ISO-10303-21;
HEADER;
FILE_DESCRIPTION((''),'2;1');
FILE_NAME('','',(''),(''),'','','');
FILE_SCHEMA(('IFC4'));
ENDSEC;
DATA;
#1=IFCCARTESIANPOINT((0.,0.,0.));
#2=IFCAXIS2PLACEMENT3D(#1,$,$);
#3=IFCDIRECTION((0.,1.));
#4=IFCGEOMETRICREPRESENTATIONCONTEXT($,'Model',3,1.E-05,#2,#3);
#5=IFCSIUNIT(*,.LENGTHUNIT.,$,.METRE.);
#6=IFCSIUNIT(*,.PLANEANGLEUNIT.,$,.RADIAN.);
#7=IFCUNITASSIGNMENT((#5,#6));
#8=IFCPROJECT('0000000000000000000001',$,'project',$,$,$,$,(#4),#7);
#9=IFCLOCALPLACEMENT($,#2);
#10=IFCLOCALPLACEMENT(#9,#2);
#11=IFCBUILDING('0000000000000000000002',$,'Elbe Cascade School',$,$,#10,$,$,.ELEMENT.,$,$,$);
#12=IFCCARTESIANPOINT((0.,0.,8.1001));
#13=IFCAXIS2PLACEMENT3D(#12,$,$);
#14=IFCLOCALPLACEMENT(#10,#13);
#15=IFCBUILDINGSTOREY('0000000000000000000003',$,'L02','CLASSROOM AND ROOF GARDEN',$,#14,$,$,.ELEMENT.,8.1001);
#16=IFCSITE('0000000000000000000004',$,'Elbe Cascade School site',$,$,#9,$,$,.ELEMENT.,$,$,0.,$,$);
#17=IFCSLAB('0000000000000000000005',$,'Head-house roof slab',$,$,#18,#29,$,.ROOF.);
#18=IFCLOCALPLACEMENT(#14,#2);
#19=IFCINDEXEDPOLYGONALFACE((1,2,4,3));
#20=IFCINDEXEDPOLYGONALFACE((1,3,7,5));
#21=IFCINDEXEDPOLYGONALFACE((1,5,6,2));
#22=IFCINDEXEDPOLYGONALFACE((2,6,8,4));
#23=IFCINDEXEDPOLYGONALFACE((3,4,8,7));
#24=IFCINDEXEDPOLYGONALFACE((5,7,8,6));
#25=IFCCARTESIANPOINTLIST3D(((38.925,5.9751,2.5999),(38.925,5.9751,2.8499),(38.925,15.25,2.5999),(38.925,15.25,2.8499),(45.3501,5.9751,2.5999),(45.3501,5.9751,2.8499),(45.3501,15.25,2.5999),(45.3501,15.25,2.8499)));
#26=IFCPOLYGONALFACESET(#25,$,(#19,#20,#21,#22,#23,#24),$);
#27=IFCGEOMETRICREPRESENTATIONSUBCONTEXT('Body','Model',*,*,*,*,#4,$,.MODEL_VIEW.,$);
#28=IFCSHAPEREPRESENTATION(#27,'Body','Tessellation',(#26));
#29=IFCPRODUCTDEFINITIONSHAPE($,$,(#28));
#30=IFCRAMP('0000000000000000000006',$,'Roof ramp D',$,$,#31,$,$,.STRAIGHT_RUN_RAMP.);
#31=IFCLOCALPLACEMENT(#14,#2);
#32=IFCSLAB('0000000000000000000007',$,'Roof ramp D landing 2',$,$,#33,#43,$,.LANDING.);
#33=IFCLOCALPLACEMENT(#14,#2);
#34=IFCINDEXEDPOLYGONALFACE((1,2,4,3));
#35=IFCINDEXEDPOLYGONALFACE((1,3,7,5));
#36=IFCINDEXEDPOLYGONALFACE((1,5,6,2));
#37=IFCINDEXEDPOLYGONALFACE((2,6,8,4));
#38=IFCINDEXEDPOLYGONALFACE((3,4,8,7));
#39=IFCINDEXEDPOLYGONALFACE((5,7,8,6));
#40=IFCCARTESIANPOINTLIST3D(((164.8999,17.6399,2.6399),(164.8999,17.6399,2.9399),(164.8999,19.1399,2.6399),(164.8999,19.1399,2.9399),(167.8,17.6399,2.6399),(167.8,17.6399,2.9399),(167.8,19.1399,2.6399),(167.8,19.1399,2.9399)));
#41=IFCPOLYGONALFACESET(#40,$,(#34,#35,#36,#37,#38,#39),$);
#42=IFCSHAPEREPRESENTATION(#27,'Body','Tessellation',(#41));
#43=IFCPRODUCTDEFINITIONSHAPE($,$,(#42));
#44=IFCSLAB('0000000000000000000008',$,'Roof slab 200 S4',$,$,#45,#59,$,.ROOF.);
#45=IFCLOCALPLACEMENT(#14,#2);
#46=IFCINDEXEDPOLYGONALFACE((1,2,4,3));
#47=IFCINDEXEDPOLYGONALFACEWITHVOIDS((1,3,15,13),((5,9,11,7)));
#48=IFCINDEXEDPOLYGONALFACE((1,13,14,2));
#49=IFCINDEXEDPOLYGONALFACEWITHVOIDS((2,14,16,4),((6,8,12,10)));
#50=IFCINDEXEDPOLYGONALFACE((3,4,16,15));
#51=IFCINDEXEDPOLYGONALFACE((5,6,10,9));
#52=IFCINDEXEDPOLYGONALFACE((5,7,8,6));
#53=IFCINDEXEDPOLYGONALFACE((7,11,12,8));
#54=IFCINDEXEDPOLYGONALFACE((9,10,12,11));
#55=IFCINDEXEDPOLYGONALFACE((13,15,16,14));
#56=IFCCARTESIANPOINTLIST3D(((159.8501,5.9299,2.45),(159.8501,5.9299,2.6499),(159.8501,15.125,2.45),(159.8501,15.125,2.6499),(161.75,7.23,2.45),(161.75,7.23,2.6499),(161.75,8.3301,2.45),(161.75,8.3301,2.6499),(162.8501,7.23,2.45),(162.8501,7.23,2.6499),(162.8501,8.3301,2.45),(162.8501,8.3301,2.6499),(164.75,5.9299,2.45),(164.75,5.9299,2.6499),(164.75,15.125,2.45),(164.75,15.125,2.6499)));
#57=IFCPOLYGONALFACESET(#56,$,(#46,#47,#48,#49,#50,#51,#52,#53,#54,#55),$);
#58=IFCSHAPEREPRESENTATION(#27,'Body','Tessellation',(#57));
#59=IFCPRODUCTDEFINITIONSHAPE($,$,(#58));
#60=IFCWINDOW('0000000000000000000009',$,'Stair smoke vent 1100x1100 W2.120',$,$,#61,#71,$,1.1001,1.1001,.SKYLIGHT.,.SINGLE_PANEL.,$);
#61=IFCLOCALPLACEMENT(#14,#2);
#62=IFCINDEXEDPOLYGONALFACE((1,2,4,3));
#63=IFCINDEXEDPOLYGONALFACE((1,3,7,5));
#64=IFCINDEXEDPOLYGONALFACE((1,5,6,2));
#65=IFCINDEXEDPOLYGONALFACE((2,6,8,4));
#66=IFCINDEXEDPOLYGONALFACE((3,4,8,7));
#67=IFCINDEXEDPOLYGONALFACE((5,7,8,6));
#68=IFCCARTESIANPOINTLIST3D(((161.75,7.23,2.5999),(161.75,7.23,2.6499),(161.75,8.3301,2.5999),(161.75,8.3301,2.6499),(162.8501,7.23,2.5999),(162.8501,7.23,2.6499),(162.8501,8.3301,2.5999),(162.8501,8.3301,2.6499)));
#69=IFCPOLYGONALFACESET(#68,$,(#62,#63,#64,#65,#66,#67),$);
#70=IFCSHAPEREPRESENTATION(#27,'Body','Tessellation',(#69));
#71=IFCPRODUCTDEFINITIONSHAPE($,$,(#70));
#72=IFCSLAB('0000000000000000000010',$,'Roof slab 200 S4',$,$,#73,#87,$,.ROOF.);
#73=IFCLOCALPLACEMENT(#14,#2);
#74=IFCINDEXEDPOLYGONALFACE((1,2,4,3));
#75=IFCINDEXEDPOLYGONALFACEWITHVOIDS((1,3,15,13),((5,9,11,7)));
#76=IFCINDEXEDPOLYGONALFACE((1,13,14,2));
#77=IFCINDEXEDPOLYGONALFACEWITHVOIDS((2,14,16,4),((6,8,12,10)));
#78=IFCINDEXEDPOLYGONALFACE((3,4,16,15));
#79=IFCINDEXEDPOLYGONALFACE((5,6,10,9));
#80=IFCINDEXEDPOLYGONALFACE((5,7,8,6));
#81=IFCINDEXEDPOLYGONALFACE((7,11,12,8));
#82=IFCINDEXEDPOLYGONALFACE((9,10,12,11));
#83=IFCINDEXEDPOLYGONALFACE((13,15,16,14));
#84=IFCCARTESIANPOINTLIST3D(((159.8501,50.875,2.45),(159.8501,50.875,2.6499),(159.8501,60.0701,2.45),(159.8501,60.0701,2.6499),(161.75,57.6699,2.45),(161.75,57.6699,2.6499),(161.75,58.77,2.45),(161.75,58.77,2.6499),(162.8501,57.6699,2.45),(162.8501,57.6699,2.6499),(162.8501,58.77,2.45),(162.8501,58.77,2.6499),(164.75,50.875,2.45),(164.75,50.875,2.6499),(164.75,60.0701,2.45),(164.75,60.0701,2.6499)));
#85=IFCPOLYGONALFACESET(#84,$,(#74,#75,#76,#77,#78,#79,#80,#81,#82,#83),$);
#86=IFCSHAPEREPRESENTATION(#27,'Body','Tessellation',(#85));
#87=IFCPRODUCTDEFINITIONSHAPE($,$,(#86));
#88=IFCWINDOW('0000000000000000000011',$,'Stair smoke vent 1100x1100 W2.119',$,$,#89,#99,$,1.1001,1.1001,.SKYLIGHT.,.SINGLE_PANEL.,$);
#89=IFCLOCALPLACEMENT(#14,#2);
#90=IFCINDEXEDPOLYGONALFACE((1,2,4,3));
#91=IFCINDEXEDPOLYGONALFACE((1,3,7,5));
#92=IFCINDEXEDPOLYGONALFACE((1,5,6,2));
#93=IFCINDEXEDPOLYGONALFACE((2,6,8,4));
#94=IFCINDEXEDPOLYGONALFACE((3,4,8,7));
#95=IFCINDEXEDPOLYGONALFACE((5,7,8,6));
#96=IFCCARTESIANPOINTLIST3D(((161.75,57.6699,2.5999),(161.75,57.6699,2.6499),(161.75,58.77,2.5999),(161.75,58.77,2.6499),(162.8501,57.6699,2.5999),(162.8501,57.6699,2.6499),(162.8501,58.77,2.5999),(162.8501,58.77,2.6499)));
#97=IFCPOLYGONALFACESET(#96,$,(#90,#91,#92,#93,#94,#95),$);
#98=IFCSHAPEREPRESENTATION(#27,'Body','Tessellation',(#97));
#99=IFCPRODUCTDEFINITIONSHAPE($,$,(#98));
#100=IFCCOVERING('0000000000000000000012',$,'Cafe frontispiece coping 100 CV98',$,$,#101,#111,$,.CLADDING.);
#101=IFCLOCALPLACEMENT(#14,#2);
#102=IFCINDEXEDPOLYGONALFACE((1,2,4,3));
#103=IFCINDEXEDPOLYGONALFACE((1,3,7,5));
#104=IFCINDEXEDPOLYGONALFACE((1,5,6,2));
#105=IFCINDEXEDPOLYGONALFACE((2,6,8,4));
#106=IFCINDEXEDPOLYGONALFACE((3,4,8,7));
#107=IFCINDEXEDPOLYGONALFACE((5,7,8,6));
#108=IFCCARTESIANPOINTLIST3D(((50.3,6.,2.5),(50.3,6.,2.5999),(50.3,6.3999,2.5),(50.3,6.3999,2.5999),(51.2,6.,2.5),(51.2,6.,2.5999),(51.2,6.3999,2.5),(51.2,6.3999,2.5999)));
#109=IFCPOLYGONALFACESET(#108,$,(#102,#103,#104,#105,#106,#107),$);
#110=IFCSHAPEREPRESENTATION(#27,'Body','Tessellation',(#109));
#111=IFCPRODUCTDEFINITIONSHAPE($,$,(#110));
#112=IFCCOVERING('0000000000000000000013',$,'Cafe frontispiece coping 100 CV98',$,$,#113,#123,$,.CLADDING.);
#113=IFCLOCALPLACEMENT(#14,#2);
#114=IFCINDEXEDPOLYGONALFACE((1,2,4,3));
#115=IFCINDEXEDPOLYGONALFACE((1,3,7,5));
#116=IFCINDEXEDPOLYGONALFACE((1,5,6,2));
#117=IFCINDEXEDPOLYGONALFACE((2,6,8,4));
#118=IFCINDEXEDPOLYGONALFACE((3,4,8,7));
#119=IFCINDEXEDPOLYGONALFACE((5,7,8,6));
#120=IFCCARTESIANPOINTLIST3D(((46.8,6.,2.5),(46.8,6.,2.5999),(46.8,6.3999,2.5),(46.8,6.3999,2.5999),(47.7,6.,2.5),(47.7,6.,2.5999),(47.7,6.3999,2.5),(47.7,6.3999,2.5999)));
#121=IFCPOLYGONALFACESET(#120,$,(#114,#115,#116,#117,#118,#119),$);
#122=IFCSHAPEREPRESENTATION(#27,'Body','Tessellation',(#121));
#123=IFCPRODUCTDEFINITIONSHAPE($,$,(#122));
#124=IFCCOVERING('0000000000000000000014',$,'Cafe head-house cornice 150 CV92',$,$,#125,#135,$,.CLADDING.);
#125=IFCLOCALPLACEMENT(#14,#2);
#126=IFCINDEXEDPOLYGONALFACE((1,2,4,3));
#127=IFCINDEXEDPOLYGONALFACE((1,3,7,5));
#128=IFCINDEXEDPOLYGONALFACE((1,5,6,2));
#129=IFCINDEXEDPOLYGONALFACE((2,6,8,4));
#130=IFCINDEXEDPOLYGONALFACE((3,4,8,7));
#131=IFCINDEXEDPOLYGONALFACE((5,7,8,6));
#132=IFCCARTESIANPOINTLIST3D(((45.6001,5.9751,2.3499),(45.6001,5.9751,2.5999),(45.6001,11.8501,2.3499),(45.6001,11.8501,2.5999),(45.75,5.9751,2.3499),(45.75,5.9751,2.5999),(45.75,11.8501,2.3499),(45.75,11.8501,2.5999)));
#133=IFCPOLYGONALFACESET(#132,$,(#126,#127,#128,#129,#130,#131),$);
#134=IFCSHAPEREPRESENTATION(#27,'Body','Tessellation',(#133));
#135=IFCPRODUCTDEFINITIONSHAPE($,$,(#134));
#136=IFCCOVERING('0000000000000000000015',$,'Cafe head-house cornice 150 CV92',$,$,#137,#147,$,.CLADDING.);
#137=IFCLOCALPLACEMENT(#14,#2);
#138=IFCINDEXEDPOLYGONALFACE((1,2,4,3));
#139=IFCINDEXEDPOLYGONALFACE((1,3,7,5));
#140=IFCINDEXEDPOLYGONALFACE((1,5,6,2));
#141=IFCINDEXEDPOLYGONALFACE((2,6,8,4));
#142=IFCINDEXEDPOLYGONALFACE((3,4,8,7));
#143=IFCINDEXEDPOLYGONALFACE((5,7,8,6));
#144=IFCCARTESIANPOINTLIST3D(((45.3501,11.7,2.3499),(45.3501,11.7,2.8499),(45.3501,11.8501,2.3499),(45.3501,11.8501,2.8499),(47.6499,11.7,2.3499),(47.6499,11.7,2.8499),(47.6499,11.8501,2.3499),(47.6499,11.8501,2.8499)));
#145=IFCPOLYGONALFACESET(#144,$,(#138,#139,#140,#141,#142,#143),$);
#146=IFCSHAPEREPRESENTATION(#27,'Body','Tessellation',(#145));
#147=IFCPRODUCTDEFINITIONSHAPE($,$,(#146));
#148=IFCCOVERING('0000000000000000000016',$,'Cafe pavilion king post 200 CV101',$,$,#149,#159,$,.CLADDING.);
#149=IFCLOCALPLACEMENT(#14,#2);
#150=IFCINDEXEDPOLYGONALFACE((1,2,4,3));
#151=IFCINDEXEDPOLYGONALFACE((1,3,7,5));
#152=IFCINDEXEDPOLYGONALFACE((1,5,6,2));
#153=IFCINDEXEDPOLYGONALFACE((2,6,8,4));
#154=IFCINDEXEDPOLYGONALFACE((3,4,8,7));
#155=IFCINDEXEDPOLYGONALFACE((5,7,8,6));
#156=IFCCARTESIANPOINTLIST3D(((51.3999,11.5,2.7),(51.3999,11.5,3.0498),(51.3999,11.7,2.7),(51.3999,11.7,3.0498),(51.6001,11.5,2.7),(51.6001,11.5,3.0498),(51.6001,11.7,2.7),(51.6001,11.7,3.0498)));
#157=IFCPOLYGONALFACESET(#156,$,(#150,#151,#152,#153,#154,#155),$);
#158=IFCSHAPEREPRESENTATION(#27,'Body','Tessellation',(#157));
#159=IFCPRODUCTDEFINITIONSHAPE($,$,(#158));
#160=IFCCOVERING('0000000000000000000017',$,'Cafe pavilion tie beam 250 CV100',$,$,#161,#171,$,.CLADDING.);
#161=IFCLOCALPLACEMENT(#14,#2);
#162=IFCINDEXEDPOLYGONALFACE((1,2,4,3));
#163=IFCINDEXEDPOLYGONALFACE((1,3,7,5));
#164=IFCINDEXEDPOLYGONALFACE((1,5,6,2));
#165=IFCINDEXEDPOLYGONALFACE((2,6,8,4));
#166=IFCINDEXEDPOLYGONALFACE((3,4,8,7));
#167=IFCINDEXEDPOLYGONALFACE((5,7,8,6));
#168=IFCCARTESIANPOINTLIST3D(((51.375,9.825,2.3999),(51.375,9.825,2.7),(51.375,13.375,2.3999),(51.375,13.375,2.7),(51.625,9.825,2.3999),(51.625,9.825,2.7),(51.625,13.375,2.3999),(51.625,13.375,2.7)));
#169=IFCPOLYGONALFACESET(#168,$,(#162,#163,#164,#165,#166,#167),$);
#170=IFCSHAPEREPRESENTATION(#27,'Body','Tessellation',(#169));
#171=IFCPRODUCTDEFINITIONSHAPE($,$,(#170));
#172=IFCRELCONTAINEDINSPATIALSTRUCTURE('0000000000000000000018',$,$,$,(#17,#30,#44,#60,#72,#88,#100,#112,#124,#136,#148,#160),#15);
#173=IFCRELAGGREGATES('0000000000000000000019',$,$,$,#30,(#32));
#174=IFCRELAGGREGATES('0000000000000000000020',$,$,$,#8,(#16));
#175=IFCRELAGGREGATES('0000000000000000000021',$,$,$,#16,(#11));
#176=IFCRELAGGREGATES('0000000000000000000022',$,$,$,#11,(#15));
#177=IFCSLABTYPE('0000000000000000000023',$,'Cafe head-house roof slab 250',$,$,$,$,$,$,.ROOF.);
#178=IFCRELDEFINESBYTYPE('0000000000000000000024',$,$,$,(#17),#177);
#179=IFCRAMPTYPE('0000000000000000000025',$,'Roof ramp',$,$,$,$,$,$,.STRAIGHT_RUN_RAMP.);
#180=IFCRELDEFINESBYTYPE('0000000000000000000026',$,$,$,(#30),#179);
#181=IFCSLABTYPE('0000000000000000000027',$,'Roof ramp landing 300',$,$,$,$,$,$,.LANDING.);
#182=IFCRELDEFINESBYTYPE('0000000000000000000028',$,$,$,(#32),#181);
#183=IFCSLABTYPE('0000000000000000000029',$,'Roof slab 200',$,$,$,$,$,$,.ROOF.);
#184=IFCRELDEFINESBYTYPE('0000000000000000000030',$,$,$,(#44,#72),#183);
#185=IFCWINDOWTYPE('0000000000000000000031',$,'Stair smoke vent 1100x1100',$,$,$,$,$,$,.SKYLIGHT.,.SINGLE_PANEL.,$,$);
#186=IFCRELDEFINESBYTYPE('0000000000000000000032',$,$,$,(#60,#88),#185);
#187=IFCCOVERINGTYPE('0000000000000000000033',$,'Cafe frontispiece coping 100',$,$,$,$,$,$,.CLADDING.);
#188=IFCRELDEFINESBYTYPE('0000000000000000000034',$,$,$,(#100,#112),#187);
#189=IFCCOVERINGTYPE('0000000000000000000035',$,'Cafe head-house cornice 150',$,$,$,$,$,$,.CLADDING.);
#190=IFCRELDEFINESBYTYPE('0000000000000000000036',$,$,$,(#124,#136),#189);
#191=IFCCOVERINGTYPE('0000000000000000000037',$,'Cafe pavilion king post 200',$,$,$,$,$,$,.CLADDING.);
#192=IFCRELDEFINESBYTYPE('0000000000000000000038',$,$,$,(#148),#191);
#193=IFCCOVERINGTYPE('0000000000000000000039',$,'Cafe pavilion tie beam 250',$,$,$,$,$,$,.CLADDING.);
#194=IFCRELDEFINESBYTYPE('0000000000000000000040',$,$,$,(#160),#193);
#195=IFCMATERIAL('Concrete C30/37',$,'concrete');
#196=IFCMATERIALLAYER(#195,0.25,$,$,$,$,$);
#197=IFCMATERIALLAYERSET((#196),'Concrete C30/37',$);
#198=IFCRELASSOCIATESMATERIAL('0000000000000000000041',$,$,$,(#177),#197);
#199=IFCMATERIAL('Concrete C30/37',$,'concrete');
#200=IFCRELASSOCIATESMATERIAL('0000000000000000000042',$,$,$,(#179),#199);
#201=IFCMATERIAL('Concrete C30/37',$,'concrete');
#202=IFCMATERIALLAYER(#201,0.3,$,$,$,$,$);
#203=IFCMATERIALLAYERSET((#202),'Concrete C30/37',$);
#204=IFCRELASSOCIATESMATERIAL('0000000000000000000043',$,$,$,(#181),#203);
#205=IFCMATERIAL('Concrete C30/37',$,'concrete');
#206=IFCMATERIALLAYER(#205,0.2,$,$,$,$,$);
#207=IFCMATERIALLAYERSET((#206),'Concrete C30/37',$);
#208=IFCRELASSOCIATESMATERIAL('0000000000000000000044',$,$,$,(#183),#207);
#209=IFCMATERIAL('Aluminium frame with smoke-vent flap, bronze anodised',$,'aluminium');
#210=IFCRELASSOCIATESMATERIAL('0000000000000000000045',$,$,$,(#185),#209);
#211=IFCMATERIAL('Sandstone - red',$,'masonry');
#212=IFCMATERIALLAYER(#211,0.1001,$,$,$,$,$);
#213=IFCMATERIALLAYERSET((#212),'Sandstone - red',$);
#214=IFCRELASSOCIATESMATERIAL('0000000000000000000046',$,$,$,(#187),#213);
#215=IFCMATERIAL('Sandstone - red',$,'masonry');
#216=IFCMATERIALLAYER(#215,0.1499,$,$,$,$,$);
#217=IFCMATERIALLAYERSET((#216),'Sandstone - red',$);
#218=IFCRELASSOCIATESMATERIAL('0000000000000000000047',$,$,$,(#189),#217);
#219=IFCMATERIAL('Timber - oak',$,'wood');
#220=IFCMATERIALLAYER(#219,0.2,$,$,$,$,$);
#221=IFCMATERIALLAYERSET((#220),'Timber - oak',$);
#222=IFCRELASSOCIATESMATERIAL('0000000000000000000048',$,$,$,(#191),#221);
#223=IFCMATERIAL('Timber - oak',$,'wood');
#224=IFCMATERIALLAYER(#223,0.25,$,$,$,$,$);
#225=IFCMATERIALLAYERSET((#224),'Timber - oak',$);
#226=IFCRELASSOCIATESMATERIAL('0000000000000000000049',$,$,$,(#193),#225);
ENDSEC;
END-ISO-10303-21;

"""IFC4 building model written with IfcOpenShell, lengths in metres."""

from ifc_helpers import new_model, si_unit, direction, frame, origin, origin_2d, place, context, subcontext, project, spatial, polyline, rectangle, outline, extrude, material, layer, layer_set, type_object, element, fill, aggregate, save


model = new_model("IFC4")

# Units and contexts
model_context = context("Model", 3, precision=1e-05, world=origin(), true_north=direction((0.0, 1.0)))
body_context = subcontext(model_context, "Body", "Model", "MODEL_VIEW")
ifc_project = project(units=[si_unit("LENGTHUNIT", "METRE"), si_unit("PLANEANGLEUNIT", "RADIAN")], contexts=[model_context])

# Site, building, storey
site_placement = place(None, origin())
site = spatial("IfcSite", under=ifc_project, at=site_placement, Name="Elbe Cascade School site", CompositionType="ELEMENT", RefElevation=0.0)
building_placement = place(site_placement, origin())
building = spatial("IfcBuilding", under=site, at=building_placement, Name="Elbe Cascade School", CompositionType="ELEMENT")
storey_placement = place(building_placement, frame((0.0, 0.0, 8.1001)))
storey = spatial("IfcBuildingStorey", under=building, at=storey_placement, Name="L02", Description="CLASSROOM AND ROOF GARDEN", CompositionType="ELEMENT", Elevation=8.1001)

# Slab
ifc_material_1 = material(Name="Concrete C30/37", Category="concrete")
ifc_layer_1 = layer(ifc_material_1, 0.25)
ifc_layer_set_1 = layer_set([ifc_layer_1], Name="Concrete C30/37")
slab_type_1 = type_object("IfcSlabType", Name="Cafe head-house roof slab 250", PredefinedType="ROOF", material=ifc_layer_set_1)
slab_1_placement = place(storey_placement, frame((0.0, 0.0, 2.5999)))
element("IfcSlab", 1, at=slab_1_placement, inside=storey, type_object=slab_type_1, Name="Head-house roof slab", PredefinedType="ROOF", context=body_context, shape_type="SweptSolid", body=[
    extrude(outline(polyline([(45.3501, 5.9751), (45.3501, 15.25), (38.925, 15.25), (38.925, 5.9751), (45.3501, 5.9751)])), origin(), (0.0, 0.0, 1.0), 0.25),
])

# Ramp, slab
ifc_material_2 = material(Name="Concrete C30/37", Category="concrete")
ramp_type = type_object("IfcRampType", Name="Roof ramp", PredefinedType="STRAIGHT_RUN_RAMP", material=ifc_material_2)
ramp_placement = place(storey_placement, origin())
ramp = element("IfcRamp", 2, at=ramp_placement, inside=storey, type_object=ramp_type, Name="Roof ramp D", PredefinedType="STRAIGHT_RUN_RAMP")
ifc_material_3 = material(Name="Concrete C30/37", Category="concrete")
ifc_layer_2 = layer(ifc_material_3, 0.3)
ifc_layer_set_2 = layer_set([ifc_layer_2], Name="Concrete C30/37")
slab_type_2 = type_object("IfcSlabType", Name="Roof ramp landing 300", PredefinedType="LANDING", material=ifc_layer_set_2)
slab_2_placement = place(storey_placement, frame((0.0, 0.0, 2.6399)))
slab_2 = element("IfcSlab", 3, at=slab_2_placement, type_object=slab_type_2, Name="Roof ramp D landing 2", PredefinedType="LANDING", context=body_context, shape_type="SweptSolid", body=[
    extrude(outline(polyline([(167.8, 17.6399), (167.8, 19.1399), (164.8999, 19.1399), (164.8999, 17.6399), (167.8, 17.6399)])), origin(), (0.0, 0.0, 1.0), 0.3),
])
aggregate(ramp, [slab_2])

# Slabs, openings, windows
ifc_material_4 = material(Name="Concrete C30/37", Category="concrete")
ifc_layer_3 = layer(ifc_material_4, 0.2)
ifc_layer_set_3 = layer_set([ifc_layer_3], Name="Concrete C30/37")
slab_type_3 = type_object("IfcSlabType", Name="Roof slab 200", PredefinedType="ROOF", material=ifc_layer_set_3)
slab_3_placement = place(storey_placement, frame((0.0, 0.0, 2.45)))
slab_3 = element("IfcSlab", 4, at=slab_3_placement, inside=storey, type_object=slab_type_3, Name="Roof slab 200 S4", PredefinedType="ROOF", context=body_context, shape_type="SweptSolid", body=[
    extrude(outline(polyline([(159.8501, 5.9299), (164.75, 5.9299), (164.75, 15.125), (159.8501, 15.125), (159.8501, 5.9299)])), origin(), (0.0, 0.0, 1.0), 0.2),
])
opening_1_placement = place(slab_3_placement, frame((162.3, 7.78, 0.0)))
opening_1 = element("IfcOpeningElement", 5, at=opening_1_placement, cuts=slab_3, PredefinedType="OPENING", context=body_context, shape_type="SweptSolid", body=[
    extrude(rectangle(XDim=1.1001, YDim=1.1001, at=origin_2d()), origin(), (0.0, 0.0, 1.0), 0.2),
])
ifc_material_5 = material(Name="Aluminium frame with smoke-vent flap, bronze anodised", Category="aluminium")
window_type = type_object("IfcWindowType", Name="Stair smoke vent 1100x1100", PartitioningType="SINGLE_PANEL", PredefinedType="SKYLIGHT", material=ifc_material_5)
window_1_placement = place(opening_1_placement, frame((0.0, 0.0, 0.1499)))
window_1 = element("IfcWindow", 6, at=window_1_placement, inside=storey, type_object=window_type, Name="Stair smoke vent 1100x1100 W2.120", OverallHeight=1.1001, OverallWidth=1.1001, PartitioningType="SINGLE_PANEL", PredefinedType="SKYLIGHT", context=body_context, shape_type="SweptSolid", body=[
    extrude(rectangle(XDim=1.1001, YDim=1.1001, at=origin_2d()), origin(), (0.0, 0.0, 1.0), 0.05),
])
fill(opening_1, window_1)
slab_4_placement = place(storey_placement, frame((0.0, 0.0, 2.45)))
slab_4 = element("IfcSlab", 7, at=slab_4_placement, inside=storey, type_object=slab_type_3, Name="Roof slab 200 S4", PredefinedType="ROOF", context=body_context, shape_type="SweptSolid", body=[
    extrude(outline(polyline([(159.8501, 50.875), (164.75, 50.875), (164.75, 60.0701), (159.8501, 60.0701), (159.8501, 50.875)])), origin(), (0.0, 0.0, 1.0), 0.2),
])
opening_2_placement = place(slab_4_placement, frame((162.3, 58.22, 0.0)))
opening_2 = element("IfcOpeningElement", 8, at=opening_2_placement, cuts=slab_4, PredefinedType="OPENING", context=body_context, shape_type="SweptSolid", body=[
    extrude(rectangle(XDim=1.1001, YDim=1.1001, at=origin_2d()), origin(), (0.0, 0.0, 1.0), 0.2),
])
window_2_placement = place(opening_2_placement, frame((0.0, 0.0, 0.1499)))
window_2 = element("IfcWindow", 9, at=window_2_placement, inside=storey, type_object=window_type, Name="Stair smoke vent 1100x1100 W2.119", OverallHeight=1.1001, OverallWidth=1.1001, PartitioningType="SINGLE_PANEL", PredefinedType="SKYLIGHT", context=body_context, shape_type="SweptSolid", body=[
    extrude(rectangle(XDim=1.1001, YDim=1.1001, at=origin_2d()), origin(), (0.0, 0.0, 1.0), 0.05),
])
fill(opening_2, window_2)

# Coverings
ifc_material_6 = material(Name="Sandstone - red", Category="masonry")
ifc_layer_4 = layer(ifc_material_6, 0.1001)
ifc_layer_set_4 = layer_set([ifc_layer_4], Name="Sandstone - red")
covering_type_1 = type_object("IfcCoveringType", Name="Cafe frontispiece coping 100", PredefinedType="CLADDING", material=ifc_layer_set_4)
covering_1_placement = place(storey_placement, frame((0.0, 0.0, 2.5)))
element("IfcCovering", 10, at=covering_1_placement, inside=storey, type_object=covering_type_1, Name="Cafe frontispiece coping 100 CV98", PredefinedType="CLADDING", context=body_context, shape_type="SweptSolid", body=[
    extrude(outline(polyline([(50.3, 6.0), (51.2, 6.0), (51.2, 6.3999), (50.3, 6.3999), (50.3, 6.0)])), origin(), (0.0, 0.0, 1.0), 0.0999),
])
covering_2_placement = place(storey_placement, frame((0.0, 0.0, 2.5)))
element("IfcCovering", 11, at=covering_2_placement, inside=storey, type_object=covering_type_1, Name="Cafe frontispiece coping 100 CV98", PredefinedType="CLADDING", context=body_context, shape_type="SweptSolid", body=[
    extrude(outline(polyline([(46.8, 6.0), (47.7, 6.0), (47.7, 6.3999), (46.8, 6.3999), (46.8, 6.0)])), origin(), (0.0, 0.0, 1.0), 0.0999),
])
ifc_material_7 = material(Name="Sandstone - red", Category="masonry")
ifc_layer_5 = layer(ifc_material_7, 0.1499)
ifc_layer_set_5 = layer_set([ifc_layer_5], Name="Sandstone - red")
covering_type_2 = type_object("IfcCoveringType", Name="Cafe head-house cornice 150", PredefinedType="CLADDING", material=ifc_layer_set_5)
covering_3_placement = place(storey_placement, frame((0.0, 0.0, 2.3499)))
element("IfcCovering", 12, at=covering_3_placement, inside=storey, type_object=covering_type_2, Name="Cafe head-house cornice 150 CV92", PredefinedType="CLADDING", context=body_context, shape_type="SweptSolid", body=[
    extrude(outline(polyline([(45.6001, 5.9751), (45.75, 5.9751), (45.75, 11.8501), (45.6001, 11.8501), (45.6001, 5.9751)])), origin(), (0.0, 0.0, 1.0), 0.25),
])
covering_4_placement = place(storey_placement, frame((0.0, 0.0, 2.3499)))
element("IfcCovering", 13, at=covering_4_placement, inside=storey, type_object=covering_type_2, Name="Cafe head-house cornice 150 CV92", PredefinedType="CLADDING", context=body_context, shape_type="SweptSolid", body=[
    extrude(outline(polyline([(45.3501, 11.7), (47.6499, 11.7), (47.6499, 11.8501), (45.3501, 11.8501), (45.3501, 11.7)])), origin(), (0.0, 0.0, 1.0), 0.5),
])
ifc_material_8 = material(Name="Timber - oak", Category="wood")
ifc_layer_6 = layer(ifc_material_8, 0.2)
ifc_layer_set_6 = layer_set([ifc_layer_6], Name="Timber - oak")
covering_type_3 = type_object("IfcCoveringType", Name="Cafe pavilion king post 200", PredefinedType="CLADDING", material=ifc_layer_set_6)
covering_5_placement = place(storey_placement, frame((0.0, 0.0, 2.7)))
element("IfcCovering", 14, at=covering_5_placement, inside=storey, type_object=covering_type_3, Name="Cafe pavilion king post 200 CV101", PredefinedType="CLADDING", context=body_context, shape_type="SweptSolid", body=[
    extrude(outline(polyline([(51.3999, 11.5), (51.6001, 11.5), (51.6001, 11.7), (51.3999, 11.7), (51.3999, 11.5)])), origin(), (0.0, 0.0, 1.0), 0.3499),
])
ifc_material_9 = material(Name="Timber - oak", Category="wood")
ifc_layer_7 = layer(ifc_material_9, 0.25)
ifc_layer_set_7 = layer_set([ifc_layer_7], Name="Timber - oak")
covering_type_4 = type_object("IfcCoveringType", Name="Cafe pavilion tie beam 250", PredefinedType="CLADDING", material=ifc_layer_set_7)
covering_6_placement = place(storey_placement, frame((0.0, 0.0, 2.3999)))
element("IfcCovering", 15, at=covering_6_placement, inside=storey, type_object=covering_type_4, Name="Cafe pavilion tie beam 250 CV100", PredefinedType="CLADDING", context=body_context, shape_type="SweptSolid", body=[
    extrude(outline(polyline([(51.375, 9.825), (51.625, 9.825), (51.625, 13.375), (51.375, 13.375), (51.375, 9.825)])), origin(), (0.0, 0.0, 1.0), 0.3),
])

save(model, "model.ifc")
